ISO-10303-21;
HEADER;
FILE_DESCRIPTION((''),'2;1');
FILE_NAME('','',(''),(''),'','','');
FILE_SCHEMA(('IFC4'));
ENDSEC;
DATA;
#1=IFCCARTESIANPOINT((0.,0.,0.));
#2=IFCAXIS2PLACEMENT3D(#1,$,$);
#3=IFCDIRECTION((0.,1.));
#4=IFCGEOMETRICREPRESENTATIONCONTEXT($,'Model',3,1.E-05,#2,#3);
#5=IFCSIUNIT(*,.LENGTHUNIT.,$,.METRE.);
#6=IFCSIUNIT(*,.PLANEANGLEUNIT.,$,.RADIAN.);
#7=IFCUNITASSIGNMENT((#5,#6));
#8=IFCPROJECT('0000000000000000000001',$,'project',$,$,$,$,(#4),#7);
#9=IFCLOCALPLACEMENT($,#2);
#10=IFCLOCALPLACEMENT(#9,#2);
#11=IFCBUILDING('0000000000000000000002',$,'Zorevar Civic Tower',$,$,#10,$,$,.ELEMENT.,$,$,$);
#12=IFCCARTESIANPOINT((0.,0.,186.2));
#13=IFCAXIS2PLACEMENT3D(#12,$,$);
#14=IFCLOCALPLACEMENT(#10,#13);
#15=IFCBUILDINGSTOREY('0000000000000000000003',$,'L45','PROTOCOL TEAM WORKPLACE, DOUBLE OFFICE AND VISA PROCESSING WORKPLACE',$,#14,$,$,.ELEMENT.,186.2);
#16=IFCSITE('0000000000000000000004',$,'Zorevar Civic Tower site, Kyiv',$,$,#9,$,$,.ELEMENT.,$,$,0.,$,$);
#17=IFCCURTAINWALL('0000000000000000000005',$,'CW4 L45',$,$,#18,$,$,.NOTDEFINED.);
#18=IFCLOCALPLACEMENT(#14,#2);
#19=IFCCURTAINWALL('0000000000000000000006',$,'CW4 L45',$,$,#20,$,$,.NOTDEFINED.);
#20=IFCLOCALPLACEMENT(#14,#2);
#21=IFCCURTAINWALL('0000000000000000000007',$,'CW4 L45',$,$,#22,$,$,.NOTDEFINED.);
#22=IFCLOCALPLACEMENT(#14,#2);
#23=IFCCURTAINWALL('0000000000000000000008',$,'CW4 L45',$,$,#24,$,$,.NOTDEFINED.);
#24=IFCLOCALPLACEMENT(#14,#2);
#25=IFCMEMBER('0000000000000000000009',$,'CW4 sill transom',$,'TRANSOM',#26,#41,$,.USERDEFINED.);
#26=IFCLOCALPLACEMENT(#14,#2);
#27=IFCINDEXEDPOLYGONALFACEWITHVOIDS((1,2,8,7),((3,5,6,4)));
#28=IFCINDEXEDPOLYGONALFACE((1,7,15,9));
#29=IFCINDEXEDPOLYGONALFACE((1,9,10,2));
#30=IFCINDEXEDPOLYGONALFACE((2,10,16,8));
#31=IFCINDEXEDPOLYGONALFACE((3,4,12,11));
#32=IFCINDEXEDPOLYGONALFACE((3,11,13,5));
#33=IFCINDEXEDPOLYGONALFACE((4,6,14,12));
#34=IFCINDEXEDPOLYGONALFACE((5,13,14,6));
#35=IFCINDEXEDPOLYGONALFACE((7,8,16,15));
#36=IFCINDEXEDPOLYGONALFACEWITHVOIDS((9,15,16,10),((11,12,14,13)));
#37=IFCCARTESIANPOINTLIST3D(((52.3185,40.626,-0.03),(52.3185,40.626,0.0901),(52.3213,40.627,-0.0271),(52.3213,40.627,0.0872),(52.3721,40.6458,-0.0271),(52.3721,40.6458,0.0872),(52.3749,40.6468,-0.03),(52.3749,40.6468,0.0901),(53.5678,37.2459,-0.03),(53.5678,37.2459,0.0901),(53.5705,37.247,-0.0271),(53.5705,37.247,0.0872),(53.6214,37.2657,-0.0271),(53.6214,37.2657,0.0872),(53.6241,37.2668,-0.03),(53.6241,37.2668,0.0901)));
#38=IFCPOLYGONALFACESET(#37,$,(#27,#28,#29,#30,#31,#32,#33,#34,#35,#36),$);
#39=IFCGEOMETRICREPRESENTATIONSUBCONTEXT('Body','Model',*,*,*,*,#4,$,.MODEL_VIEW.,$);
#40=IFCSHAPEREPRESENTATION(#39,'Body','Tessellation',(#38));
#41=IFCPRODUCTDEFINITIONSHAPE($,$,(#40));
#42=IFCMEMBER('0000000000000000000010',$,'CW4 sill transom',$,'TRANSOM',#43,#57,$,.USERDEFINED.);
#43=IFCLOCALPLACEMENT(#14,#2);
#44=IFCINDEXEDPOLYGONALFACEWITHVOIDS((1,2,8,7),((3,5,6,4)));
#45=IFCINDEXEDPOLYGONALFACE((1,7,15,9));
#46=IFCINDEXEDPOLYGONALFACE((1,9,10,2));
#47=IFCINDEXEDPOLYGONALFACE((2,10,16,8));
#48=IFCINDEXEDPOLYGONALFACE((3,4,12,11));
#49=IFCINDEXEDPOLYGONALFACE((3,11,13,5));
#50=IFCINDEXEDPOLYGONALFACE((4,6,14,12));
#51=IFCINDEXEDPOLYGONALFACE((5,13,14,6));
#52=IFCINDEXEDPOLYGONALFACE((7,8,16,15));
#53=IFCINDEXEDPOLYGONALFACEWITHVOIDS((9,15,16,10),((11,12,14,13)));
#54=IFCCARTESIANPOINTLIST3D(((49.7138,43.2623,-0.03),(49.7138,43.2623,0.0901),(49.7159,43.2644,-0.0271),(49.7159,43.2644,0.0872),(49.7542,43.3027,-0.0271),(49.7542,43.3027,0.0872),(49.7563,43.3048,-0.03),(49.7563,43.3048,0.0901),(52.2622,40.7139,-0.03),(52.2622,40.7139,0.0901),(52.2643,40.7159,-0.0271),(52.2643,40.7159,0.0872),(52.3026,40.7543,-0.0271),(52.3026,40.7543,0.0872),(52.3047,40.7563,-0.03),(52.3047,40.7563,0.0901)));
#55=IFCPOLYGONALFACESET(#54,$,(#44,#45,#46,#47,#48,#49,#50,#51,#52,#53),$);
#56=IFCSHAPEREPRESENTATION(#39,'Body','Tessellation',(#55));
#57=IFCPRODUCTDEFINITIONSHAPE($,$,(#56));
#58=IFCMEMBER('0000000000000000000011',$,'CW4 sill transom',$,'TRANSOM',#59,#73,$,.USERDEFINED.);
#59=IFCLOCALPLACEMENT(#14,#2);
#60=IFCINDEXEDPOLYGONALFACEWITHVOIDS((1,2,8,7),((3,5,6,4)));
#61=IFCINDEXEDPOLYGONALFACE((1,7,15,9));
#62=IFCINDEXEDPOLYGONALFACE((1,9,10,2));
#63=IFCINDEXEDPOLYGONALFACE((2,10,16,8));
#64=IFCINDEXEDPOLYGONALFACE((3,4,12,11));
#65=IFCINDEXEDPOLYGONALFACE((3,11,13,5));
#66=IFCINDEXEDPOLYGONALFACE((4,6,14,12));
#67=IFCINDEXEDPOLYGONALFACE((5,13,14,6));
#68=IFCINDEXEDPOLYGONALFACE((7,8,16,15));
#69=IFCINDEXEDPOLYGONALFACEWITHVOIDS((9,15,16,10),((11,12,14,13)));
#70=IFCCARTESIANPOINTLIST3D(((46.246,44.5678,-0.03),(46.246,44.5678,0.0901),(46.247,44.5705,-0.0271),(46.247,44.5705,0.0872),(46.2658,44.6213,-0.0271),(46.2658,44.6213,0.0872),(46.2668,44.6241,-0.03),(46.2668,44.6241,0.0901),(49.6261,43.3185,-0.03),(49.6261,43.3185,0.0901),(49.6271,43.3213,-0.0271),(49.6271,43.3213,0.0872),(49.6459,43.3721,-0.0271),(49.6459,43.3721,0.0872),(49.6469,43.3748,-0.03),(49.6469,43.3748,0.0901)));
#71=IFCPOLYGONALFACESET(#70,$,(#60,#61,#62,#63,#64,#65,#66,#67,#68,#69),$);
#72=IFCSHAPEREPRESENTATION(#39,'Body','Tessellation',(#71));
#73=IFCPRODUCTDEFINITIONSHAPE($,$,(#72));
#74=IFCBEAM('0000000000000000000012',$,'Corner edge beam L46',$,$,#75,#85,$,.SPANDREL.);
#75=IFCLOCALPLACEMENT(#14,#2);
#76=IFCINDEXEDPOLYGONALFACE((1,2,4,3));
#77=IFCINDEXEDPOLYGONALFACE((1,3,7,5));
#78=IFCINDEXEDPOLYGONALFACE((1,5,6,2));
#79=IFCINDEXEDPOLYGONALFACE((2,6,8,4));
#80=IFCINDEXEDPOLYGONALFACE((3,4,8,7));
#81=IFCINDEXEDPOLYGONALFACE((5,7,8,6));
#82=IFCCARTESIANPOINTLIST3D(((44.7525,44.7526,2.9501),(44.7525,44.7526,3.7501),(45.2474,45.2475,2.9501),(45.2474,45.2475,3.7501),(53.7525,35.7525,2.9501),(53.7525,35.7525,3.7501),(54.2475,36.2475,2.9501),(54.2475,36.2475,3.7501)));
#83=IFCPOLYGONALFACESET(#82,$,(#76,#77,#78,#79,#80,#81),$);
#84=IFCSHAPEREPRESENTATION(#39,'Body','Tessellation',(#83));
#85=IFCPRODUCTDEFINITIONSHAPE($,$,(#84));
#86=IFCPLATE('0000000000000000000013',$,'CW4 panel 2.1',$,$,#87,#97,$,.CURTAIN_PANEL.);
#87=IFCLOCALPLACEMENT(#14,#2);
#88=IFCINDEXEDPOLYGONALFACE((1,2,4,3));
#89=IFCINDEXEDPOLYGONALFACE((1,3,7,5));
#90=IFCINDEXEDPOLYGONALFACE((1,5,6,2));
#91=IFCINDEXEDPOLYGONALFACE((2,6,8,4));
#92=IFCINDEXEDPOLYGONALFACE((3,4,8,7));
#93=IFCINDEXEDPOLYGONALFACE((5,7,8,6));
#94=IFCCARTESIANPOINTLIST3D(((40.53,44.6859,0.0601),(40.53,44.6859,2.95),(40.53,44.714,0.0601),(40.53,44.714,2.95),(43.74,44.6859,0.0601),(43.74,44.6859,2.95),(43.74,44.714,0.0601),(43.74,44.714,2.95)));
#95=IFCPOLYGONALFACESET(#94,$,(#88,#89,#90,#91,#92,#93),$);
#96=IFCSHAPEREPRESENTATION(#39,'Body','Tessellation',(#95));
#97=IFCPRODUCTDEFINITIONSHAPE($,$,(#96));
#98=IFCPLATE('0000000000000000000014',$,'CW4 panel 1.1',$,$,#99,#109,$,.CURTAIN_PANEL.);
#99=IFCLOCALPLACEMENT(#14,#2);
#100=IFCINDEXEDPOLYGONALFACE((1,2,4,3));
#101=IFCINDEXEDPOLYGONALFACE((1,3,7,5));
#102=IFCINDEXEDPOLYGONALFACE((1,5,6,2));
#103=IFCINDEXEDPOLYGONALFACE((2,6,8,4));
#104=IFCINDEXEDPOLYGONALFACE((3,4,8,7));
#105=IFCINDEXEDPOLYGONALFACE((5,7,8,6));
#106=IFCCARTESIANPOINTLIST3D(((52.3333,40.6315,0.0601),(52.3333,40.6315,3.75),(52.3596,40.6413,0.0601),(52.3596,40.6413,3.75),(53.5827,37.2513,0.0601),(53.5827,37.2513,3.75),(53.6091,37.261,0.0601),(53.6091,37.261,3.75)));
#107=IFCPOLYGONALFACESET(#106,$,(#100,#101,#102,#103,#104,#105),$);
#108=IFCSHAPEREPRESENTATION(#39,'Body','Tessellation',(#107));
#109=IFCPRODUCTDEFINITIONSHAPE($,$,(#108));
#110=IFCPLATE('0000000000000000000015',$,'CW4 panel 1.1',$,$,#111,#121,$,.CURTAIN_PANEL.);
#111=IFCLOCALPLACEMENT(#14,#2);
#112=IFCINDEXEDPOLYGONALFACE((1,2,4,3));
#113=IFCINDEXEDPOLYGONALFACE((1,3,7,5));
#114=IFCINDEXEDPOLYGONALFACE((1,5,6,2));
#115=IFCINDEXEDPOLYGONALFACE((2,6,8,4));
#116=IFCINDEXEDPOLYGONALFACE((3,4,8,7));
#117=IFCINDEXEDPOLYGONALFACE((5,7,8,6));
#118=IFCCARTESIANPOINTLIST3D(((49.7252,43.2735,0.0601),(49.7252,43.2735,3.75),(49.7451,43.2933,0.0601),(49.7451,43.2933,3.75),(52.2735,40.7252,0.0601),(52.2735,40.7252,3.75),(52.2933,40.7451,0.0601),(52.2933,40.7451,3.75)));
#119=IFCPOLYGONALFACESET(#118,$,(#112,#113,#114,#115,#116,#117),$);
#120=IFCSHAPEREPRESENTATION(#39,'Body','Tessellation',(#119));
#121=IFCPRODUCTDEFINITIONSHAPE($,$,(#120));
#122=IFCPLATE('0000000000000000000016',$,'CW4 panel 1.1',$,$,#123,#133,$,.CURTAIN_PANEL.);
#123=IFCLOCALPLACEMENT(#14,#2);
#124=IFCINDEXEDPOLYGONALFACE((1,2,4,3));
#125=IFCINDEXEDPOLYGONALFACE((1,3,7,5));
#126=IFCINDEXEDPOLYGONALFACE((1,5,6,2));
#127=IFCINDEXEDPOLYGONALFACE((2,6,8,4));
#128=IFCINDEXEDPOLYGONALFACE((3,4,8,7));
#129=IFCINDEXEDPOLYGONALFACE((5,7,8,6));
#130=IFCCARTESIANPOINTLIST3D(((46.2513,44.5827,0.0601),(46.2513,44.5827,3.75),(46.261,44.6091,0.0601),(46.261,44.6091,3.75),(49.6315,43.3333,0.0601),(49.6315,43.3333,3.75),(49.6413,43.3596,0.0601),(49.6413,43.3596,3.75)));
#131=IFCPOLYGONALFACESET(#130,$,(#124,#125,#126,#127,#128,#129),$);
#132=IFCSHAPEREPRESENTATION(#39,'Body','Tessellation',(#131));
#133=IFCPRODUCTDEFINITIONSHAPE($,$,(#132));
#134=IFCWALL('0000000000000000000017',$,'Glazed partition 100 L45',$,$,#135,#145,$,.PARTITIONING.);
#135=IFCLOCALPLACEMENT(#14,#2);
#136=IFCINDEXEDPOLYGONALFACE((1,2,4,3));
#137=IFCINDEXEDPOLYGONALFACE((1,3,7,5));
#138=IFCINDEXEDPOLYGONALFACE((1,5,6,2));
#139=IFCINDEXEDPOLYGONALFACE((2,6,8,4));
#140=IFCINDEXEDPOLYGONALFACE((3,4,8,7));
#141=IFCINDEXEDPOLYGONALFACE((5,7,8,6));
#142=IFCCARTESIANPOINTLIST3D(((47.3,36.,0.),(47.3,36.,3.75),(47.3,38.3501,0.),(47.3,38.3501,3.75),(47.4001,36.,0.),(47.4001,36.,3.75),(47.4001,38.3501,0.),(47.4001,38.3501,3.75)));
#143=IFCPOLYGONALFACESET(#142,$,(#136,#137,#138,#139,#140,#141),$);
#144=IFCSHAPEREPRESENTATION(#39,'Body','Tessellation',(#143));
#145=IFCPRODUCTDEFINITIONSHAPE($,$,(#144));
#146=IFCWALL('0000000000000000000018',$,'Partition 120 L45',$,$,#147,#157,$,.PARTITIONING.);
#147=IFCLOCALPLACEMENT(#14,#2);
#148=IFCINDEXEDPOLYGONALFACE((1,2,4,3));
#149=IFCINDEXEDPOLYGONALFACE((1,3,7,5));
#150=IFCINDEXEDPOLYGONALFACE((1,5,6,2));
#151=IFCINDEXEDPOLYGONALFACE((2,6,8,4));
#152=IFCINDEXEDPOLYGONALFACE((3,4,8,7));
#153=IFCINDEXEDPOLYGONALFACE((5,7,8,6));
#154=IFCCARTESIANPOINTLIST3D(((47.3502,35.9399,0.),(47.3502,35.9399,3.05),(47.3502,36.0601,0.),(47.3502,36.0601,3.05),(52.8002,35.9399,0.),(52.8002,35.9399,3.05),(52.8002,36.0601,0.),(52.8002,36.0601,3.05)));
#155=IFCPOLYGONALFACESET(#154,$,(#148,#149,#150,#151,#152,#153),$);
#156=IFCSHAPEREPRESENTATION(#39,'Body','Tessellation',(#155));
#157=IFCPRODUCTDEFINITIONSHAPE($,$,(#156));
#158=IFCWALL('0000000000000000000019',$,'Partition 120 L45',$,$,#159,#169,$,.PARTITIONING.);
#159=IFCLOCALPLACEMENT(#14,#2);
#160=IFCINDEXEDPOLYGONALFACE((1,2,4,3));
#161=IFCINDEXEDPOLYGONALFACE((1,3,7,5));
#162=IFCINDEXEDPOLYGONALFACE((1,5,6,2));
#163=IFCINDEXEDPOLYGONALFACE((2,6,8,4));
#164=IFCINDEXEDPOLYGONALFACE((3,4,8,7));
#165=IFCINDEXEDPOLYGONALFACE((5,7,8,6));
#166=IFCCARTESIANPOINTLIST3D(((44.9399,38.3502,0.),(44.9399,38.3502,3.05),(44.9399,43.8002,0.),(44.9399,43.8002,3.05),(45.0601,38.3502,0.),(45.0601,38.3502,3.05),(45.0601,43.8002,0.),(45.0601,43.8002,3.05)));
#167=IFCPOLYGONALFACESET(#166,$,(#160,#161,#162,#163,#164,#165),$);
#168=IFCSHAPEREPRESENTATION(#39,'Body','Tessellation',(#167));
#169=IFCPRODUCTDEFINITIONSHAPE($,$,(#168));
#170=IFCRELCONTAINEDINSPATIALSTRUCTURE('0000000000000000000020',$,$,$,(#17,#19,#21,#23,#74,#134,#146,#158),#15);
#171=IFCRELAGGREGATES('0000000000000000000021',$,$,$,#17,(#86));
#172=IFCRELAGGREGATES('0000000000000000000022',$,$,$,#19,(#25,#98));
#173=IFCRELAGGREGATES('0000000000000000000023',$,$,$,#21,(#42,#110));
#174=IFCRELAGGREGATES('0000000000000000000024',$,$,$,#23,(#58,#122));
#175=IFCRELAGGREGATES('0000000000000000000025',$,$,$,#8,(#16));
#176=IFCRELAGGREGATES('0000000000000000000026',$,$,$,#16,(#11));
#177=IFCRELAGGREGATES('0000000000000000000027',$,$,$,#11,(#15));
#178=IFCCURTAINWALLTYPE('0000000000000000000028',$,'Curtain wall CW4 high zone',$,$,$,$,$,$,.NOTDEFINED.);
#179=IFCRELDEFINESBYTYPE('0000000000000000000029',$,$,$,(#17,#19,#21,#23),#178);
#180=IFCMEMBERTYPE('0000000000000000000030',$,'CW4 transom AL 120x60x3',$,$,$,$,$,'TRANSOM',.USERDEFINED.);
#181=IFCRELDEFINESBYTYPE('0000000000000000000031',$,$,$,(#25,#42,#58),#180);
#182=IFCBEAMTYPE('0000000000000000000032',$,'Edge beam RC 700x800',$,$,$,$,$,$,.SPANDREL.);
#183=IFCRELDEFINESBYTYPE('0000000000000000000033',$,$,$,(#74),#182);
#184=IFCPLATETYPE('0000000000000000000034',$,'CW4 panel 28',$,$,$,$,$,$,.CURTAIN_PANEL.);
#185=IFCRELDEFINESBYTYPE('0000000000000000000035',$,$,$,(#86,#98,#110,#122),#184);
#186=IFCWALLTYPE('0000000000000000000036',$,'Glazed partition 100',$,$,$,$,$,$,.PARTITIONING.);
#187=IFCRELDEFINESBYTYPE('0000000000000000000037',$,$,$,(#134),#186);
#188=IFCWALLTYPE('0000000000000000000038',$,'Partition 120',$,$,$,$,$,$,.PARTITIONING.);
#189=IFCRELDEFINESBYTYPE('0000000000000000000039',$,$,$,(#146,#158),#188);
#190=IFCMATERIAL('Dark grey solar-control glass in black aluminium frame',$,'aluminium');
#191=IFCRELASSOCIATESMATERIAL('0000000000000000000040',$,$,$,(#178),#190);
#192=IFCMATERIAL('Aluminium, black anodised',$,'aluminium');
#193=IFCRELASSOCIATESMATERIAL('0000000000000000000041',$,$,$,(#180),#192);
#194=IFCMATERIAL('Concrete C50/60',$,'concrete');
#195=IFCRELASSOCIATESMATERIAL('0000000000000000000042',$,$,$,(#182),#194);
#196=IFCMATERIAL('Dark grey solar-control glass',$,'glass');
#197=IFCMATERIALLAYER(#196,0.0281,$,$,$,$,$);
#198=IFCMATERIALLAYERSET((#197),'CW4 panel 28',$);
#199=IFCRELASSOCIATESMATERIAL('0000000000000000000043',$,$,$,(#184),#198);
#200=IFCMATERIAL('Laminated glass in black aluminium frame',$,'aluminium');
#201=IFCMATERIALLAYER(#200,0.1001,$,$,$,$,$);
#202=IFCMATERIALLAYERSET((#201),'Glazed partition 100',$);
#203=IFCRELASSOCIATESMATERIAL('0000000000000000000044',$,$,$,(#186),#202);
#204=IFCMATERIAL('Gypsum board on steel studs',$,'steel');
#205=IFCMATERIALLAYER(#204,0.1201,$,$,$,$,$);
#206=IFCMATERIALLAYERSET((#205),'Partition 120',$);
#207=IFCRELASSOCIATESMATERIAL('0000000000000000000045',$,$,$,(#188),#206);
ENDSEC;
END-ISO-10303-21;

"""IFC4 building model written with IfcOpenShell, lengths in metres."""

from ifc_helpers import new_model, si_unit, direction, frame, frame_2d, origin, origin_2d, place, context, subcontext, project, spatial, rectangle, hollow_rectangle, extrude, material, layer, layer_set, material_profile, profile_set, type_object, element, aggregate, save


model = new_model("IFC4")

# Units and contexts
model_context = context("Model", 3, precision=1e-05, world=origin(), true_north=direction((0.0, 1.0)))
body_context = subcontext(model_context, "Body", "Model", "MODEL_VIEW")
ifc_project = project(units=[si_unit("LENGTHUNIT", "METRE"), si_unit("PLANEANGLEUNIT", "RADIAN")], contexts=[model_context])

# Site, building, storey
site_placement = place(None, origin())
site = spatial("IfcSite", under=ifc_project, at=site_placement, Name="Zorevar Civic Tower site, Kyiv", CompositionType="ELEMENT", RefElevation=0.0)
building_placement = place(site_placement, origin())
building = spatial("IfcBuilding", under=site, at=building_placement, Name="Zorevar Civic Tower", CompositionType="ELEMENT")
storey_placement = place(building_placement, frame((0.0, 0.0, 186.2)))
storey = spatial("IfcBuildingStorey", under=building, at=storey_placement, Name="L45", Description="PROTOCOL TEAM WORKPLACE, DOUBLE OFFICE AND VISA PROCESSING WORKPLACE", CompositionType="ELEMENT", Elevation=186.2)

# Curtain wall
ifc_material_1 = material(Name="Dark grey solar-control glass in black aluminium frame", Category="aluminium")
curtain_wall_type = type_object("IfcCurtainWallType", Name="Curtain wall CW4 high zone", PredefinedType="NOTDEFINED", material=ifc_material_1)
curtain_wall_1_placement = place(storey_placement, origin())
curtain_wall_1 = element("IfcCurtainWall", 1, at=curtain_wall_1_placement, inside=storey, type_object=curtain_wall_type, Name="CW4 L45", PredefinedType="NOTDEFINED")

# Curtain walls
curtain_wall_2_placement = place(storey_placement, origin())
curtain_wall_2 = element("IfcCurtainWall", 2, at=curtain_wall_2_placement, inside=storey, type_object=curtain_wall_type, Name="CW4 L45", PredefinedType="NOTDEFINED")
curtain_wall_3_placement = place(storey_placement, origin())
curtain_wall_3 = element("IfcCurtainWall", 3, at=curtain_wall_3_placement, inside=storey, type_object=curtain_wall_type, Name="CW4 L45", PredefinedType="NOTDEFINED")
curtain_wall_4_placement = place(storey_placement, origin())
curtain_wall_4 = element("IfcCurtainWall", 4, at=curtain_wall_4_placement, inside=storey, type_object=curtain_wall_type, Name="CW4 L45", PredefinedType="NOTDEFINED")

# Members
ifc_material_2 = material(Name="Aluminium, black anodised", Category="aluminium")
ifc_material_profile_1 = material_profile(ifc_material_2, hollow_rectangle(XDim=0.0601, YDim=0.1201, WallThickness=0.0029, at=origin_2d()), Name="AL 120x60x3")
ifc_profile_set_1 = profile_set([ifc_material_profile_1], Name="Aluminium, black anodised")
member_type_1 = type_object("IfcMemberType", Name="CW4 transom AL 120x60x3", ElementType="TRANSOM", PredefinedType="USERDEFINED", material=ifc_profile_set_1)
member_1_placement = place(storey_placement, frame((53.5959, 37.2563, 0.03), z_axis=(-0.346672, 0.937986, 0.0), x_axis=(-0.937986, -0.346672, 0.0)))
member_1 = element("IfcMember", 5, at=member_1_placement, type_object=member_type_1, Name="CW4 sill transom", ObjectType="TRANSOM", PredefinedType="USERDEFINED", context=body_context, shape_type="SweptSolid", body=[
    extrude(hollow_rectangle(XDim=0.0601, YDim=0.1201, WallThickness=0.0029, at=origin_2d()), origin(), (0.0, 0.0, 1.0), 3.6035),
])
member_2_placement = place(storey_placement, frame((52.2834, 40.7351, 0.03), z_axis=(-0.707107, 0.707107, 0.0), x_axis=(-0.707107, -0.707107, 0.0)))
member_2 = element("IfcMember", 6, at=member_2_placement, type_object=member_type_1, Name="CW4 sill transom", ObjectType="TRANSOM", PredefinedType="USERDEFINED", context=body_context, shape_type="SweptSolid", body=[
    extrude(hollow_rectangle(XDim=0.0601, YDim=0.1201, WallThickness=0.0029, at=origin_2d()), origin(), (0.0, 0.0, 1.0), 3.604),
])
member_3_placement = place(storey_placement, frame((49.6365, 43.3467, 0.03), z_axis=(-0.937986, 0.346672, 0.0), x_axis=(-0.346672, -0.937986, 0.0)))
member_3 = element("IfcMember", 7, at=member_3_placement, type_object=member_type_1, Name="CW4 sill transom", ObjectType="TRANSOM", PredefinedType="USERDEFINED", context=body_context, shape_type="SweptSolid", body=[
    extrude(hollow_rectangle(XDim=0.0601, YDim=0.1201, WallThickness=0.0029, at=origin_2d()), origin(), (0.0, 0.0, 1.0), 3.6035),
])

# Beam
ifc_material_3 = material(Name="Concrete C50/60", Category="concrete")
ifc_material_profile_2 = material_profile(ifc_material_3, rectangle(XDim=0.7, YDim=0.8, at=origin_2d()), Name="RC 700x800")
ifc_profile_set_2 = profile_set([ifc_material_profile_2], Name="Concrete C50/60")
beam_type_1 = type_object("IfcBeamType", Name="Edge beam RC 700x800", PredefinedType="SPANDREL", material=ifc_profile_set_2)
beam_1_placement = place(storey_placement, frame((54.0, 36.0, 3.3501), z_axis=(-0.707107, 0.707107, 0.0), x_axis=(-0.707107, -0.707107, 0.0)))
element("IfcBeam", 8, at=beam_1_placement, inside=storey, type_object=beam_type_1, Name="Corner edge beam L46", PredefinedType="SPANDREL", context=body_context, shape_type="SweptSolid", body=[
    extrude(rectangle(XDim=0.7, YDim=0.8, at=origin_2d()), origin(), (0.0, 0.0, 1.0), 12.728),
])

# Plates
ifc_material_4 = material(Name="Dark grey solar-control glass", Category="glass")
ifc_layer_1 = layer(ifc_material_4, 0.0281)
ifc_layer_set_1 = layer_set([ifc_layer_1], Name="CW4 panel 28")
plate_type = type_object("IfcPlateType", Name="CW4 panel 28", PredefinedType="CURTAIN_PANEL", material=ifc_layer_set_1)
plate_1_placement = place(storey_placement, frame((42.135, 44.7, 0.0601), z_axis=(0.0, 0.0, 1.0), x_axis=(1.0, 0.0, 0.0)))
plate_1 = element("IfcPlate", 9, at=plate_1_placement, type_object=plate_type, Name="CW4 panel 2.1", PredefinedType="CURTAIN_PANEL", context=body_context, shape_type="SweptSolid", body=[
    extrude(rectangle(XDim=3.21, YDim=0.0281, at=origin_2d()), origin(), (0.0, 0.0, 1.0), 2.8899),
])
aggregate(curtain_wall_1, [plate_1])
plate_2_placement = place(storey_placement, frame((52.9712, 38.9463, 0.0601), z_axis=(0.0, 0.0, 1.0), x_axis=(-0.346704, 0.937975, 0.0)))
plate_2 = element("IfcPlate", 10, at=plate_2_placement, type_object=plate_type, Name="CW4 panel 1.1", PredefinedType="CURTAIN_PANEL", context=body_context, shape_type="SweptSolid", body=[
    extrude(rectangle(XDim=3.6038, YDim=0.0281, at=origin_2d()), origin(), (0.0, 0.0, 1.0), 3.6899),
])
aggregate(curtain_wall_2, [member_1, plate_2])
plate_3_placement = place(storey_placement, frame((51.0093, 42.0093, 0.0601), z_axis=(0.0, 0.0, 1.0), x_axis=(-0.707107, 0.707107, 0.0)))
plate_3 = element("IfcPlate", 11, at=plate_3_placement, type_object=plate_type, Name="CW4 panel 1.1", PredefinedType="CURTAIN_PANEL", context=body_context, shape_type="SweptSolid", body=[
    extrude(rectangle(XDim=3.6038, YDim=0.0281, at=origin_2d()), origin(), (0.0, 0.0, 1.0), 3.6899),
])
aggregate(curtain_wall_3, [member_2, plate_3])
plate_4_placement = place(storey_placement, frame((47.9463, 43.9712, 0.0601), z_axis=(0.0, 0.0, 1.0), x_axis=(-0.937975, 0.346704, 0.0)))
plate_4 = element("IfcPlate", 12, at=plate_4_placement, type_object=plate_type, Name="CW4 panel 1.1", PredefinedType="CURTAIN_PANEL", context=body_context, shape_type="SweptSolid", body=[
    extrude(rectangle(XDim=3.6038, YDim=0.0281, at=origin_2d()), origin(), (0.0, 0.0, 1.0), 3.6899),
])
aggregate(curtain_wall_4, [member_3, plate_4])

# Shared definitions
ifc_material_5 = material(Name="Laminated glass in black aluminium frame", Category="aluminium")
ifc_layer_2 = layer(ifc_material_5, 0.1001)
ifc_layer_set_2 = layer_set([ifc_layer_2], Name="Glazed partition 100")
wall_type_1 = type_object("IfcWallType", Name="Glazed partition 100", PredefinedType="PARTITIONING", material=ifc_layer_set_2)

# Walls
wall_1_placement = place(storey_placement, frame((47.3501, 36.0, 0.0), z_axis=(0.0, 0.0, 1.0), x_axis=(0.0, 1.0, 0.0)))
element("IfcWall", 13, at=wall_1_placement, inside=storey, type_object=wall_type_1, Name="Glazed partition 100 L45", PredefinedType="PARTITIONING", context=body_context, shape_type="SweptSolid", body=[
    extrude(rectangle(XDim=2.3501, YDim=0.1001, at=frame_2d((1.175, 0.0))), origin(), (0.0, 0.0, 1.0), 3.75),
])
ifc_material_6 = material(Name="Gypsum board on steel studs", Category="steel")
ifc_layer_3 = layer(ifc_material_6, 0.1201)
ifc_layer_set_3 = layer_set([ifc_layer_3], Name="Partition 120")
wall_type_2 = type_object("IfcWallType", Name="Partition 120", PredefinedType="PARTITIONING", material=ifc_layer_set_3)
for number, where, z_axis, x_axis, name in (
    (14, (47.3501, 36.0, 0.0), (0.0, 0.0, 1.0), (1.0, 0.0, 0.0), "Partition 120 L45"),
    (15, (45.0, 38.3501, 0.0), (0.0, 0.0, 1.0), (0.0, 1.0, 0.0), "Partition 120 L45"),
):
    element("IfcWall", number, at=place(storey_placement, frame(where, z_axis=z_axis, x_axis=x_axis)), inside=storey, type_object=wall_type_2, Name=name, PredefinedType="PARTITIONING", context=body_context, shape_type="SweptSolid", body=[
        extrude(rectangle(XDim=5.45, YDim=0.1201, at=frame_2d((2.7251, 0.0))), origin(), (0.0, 0.0, 1.0), 3.05),
    ])

save(model, "model.ifc")
